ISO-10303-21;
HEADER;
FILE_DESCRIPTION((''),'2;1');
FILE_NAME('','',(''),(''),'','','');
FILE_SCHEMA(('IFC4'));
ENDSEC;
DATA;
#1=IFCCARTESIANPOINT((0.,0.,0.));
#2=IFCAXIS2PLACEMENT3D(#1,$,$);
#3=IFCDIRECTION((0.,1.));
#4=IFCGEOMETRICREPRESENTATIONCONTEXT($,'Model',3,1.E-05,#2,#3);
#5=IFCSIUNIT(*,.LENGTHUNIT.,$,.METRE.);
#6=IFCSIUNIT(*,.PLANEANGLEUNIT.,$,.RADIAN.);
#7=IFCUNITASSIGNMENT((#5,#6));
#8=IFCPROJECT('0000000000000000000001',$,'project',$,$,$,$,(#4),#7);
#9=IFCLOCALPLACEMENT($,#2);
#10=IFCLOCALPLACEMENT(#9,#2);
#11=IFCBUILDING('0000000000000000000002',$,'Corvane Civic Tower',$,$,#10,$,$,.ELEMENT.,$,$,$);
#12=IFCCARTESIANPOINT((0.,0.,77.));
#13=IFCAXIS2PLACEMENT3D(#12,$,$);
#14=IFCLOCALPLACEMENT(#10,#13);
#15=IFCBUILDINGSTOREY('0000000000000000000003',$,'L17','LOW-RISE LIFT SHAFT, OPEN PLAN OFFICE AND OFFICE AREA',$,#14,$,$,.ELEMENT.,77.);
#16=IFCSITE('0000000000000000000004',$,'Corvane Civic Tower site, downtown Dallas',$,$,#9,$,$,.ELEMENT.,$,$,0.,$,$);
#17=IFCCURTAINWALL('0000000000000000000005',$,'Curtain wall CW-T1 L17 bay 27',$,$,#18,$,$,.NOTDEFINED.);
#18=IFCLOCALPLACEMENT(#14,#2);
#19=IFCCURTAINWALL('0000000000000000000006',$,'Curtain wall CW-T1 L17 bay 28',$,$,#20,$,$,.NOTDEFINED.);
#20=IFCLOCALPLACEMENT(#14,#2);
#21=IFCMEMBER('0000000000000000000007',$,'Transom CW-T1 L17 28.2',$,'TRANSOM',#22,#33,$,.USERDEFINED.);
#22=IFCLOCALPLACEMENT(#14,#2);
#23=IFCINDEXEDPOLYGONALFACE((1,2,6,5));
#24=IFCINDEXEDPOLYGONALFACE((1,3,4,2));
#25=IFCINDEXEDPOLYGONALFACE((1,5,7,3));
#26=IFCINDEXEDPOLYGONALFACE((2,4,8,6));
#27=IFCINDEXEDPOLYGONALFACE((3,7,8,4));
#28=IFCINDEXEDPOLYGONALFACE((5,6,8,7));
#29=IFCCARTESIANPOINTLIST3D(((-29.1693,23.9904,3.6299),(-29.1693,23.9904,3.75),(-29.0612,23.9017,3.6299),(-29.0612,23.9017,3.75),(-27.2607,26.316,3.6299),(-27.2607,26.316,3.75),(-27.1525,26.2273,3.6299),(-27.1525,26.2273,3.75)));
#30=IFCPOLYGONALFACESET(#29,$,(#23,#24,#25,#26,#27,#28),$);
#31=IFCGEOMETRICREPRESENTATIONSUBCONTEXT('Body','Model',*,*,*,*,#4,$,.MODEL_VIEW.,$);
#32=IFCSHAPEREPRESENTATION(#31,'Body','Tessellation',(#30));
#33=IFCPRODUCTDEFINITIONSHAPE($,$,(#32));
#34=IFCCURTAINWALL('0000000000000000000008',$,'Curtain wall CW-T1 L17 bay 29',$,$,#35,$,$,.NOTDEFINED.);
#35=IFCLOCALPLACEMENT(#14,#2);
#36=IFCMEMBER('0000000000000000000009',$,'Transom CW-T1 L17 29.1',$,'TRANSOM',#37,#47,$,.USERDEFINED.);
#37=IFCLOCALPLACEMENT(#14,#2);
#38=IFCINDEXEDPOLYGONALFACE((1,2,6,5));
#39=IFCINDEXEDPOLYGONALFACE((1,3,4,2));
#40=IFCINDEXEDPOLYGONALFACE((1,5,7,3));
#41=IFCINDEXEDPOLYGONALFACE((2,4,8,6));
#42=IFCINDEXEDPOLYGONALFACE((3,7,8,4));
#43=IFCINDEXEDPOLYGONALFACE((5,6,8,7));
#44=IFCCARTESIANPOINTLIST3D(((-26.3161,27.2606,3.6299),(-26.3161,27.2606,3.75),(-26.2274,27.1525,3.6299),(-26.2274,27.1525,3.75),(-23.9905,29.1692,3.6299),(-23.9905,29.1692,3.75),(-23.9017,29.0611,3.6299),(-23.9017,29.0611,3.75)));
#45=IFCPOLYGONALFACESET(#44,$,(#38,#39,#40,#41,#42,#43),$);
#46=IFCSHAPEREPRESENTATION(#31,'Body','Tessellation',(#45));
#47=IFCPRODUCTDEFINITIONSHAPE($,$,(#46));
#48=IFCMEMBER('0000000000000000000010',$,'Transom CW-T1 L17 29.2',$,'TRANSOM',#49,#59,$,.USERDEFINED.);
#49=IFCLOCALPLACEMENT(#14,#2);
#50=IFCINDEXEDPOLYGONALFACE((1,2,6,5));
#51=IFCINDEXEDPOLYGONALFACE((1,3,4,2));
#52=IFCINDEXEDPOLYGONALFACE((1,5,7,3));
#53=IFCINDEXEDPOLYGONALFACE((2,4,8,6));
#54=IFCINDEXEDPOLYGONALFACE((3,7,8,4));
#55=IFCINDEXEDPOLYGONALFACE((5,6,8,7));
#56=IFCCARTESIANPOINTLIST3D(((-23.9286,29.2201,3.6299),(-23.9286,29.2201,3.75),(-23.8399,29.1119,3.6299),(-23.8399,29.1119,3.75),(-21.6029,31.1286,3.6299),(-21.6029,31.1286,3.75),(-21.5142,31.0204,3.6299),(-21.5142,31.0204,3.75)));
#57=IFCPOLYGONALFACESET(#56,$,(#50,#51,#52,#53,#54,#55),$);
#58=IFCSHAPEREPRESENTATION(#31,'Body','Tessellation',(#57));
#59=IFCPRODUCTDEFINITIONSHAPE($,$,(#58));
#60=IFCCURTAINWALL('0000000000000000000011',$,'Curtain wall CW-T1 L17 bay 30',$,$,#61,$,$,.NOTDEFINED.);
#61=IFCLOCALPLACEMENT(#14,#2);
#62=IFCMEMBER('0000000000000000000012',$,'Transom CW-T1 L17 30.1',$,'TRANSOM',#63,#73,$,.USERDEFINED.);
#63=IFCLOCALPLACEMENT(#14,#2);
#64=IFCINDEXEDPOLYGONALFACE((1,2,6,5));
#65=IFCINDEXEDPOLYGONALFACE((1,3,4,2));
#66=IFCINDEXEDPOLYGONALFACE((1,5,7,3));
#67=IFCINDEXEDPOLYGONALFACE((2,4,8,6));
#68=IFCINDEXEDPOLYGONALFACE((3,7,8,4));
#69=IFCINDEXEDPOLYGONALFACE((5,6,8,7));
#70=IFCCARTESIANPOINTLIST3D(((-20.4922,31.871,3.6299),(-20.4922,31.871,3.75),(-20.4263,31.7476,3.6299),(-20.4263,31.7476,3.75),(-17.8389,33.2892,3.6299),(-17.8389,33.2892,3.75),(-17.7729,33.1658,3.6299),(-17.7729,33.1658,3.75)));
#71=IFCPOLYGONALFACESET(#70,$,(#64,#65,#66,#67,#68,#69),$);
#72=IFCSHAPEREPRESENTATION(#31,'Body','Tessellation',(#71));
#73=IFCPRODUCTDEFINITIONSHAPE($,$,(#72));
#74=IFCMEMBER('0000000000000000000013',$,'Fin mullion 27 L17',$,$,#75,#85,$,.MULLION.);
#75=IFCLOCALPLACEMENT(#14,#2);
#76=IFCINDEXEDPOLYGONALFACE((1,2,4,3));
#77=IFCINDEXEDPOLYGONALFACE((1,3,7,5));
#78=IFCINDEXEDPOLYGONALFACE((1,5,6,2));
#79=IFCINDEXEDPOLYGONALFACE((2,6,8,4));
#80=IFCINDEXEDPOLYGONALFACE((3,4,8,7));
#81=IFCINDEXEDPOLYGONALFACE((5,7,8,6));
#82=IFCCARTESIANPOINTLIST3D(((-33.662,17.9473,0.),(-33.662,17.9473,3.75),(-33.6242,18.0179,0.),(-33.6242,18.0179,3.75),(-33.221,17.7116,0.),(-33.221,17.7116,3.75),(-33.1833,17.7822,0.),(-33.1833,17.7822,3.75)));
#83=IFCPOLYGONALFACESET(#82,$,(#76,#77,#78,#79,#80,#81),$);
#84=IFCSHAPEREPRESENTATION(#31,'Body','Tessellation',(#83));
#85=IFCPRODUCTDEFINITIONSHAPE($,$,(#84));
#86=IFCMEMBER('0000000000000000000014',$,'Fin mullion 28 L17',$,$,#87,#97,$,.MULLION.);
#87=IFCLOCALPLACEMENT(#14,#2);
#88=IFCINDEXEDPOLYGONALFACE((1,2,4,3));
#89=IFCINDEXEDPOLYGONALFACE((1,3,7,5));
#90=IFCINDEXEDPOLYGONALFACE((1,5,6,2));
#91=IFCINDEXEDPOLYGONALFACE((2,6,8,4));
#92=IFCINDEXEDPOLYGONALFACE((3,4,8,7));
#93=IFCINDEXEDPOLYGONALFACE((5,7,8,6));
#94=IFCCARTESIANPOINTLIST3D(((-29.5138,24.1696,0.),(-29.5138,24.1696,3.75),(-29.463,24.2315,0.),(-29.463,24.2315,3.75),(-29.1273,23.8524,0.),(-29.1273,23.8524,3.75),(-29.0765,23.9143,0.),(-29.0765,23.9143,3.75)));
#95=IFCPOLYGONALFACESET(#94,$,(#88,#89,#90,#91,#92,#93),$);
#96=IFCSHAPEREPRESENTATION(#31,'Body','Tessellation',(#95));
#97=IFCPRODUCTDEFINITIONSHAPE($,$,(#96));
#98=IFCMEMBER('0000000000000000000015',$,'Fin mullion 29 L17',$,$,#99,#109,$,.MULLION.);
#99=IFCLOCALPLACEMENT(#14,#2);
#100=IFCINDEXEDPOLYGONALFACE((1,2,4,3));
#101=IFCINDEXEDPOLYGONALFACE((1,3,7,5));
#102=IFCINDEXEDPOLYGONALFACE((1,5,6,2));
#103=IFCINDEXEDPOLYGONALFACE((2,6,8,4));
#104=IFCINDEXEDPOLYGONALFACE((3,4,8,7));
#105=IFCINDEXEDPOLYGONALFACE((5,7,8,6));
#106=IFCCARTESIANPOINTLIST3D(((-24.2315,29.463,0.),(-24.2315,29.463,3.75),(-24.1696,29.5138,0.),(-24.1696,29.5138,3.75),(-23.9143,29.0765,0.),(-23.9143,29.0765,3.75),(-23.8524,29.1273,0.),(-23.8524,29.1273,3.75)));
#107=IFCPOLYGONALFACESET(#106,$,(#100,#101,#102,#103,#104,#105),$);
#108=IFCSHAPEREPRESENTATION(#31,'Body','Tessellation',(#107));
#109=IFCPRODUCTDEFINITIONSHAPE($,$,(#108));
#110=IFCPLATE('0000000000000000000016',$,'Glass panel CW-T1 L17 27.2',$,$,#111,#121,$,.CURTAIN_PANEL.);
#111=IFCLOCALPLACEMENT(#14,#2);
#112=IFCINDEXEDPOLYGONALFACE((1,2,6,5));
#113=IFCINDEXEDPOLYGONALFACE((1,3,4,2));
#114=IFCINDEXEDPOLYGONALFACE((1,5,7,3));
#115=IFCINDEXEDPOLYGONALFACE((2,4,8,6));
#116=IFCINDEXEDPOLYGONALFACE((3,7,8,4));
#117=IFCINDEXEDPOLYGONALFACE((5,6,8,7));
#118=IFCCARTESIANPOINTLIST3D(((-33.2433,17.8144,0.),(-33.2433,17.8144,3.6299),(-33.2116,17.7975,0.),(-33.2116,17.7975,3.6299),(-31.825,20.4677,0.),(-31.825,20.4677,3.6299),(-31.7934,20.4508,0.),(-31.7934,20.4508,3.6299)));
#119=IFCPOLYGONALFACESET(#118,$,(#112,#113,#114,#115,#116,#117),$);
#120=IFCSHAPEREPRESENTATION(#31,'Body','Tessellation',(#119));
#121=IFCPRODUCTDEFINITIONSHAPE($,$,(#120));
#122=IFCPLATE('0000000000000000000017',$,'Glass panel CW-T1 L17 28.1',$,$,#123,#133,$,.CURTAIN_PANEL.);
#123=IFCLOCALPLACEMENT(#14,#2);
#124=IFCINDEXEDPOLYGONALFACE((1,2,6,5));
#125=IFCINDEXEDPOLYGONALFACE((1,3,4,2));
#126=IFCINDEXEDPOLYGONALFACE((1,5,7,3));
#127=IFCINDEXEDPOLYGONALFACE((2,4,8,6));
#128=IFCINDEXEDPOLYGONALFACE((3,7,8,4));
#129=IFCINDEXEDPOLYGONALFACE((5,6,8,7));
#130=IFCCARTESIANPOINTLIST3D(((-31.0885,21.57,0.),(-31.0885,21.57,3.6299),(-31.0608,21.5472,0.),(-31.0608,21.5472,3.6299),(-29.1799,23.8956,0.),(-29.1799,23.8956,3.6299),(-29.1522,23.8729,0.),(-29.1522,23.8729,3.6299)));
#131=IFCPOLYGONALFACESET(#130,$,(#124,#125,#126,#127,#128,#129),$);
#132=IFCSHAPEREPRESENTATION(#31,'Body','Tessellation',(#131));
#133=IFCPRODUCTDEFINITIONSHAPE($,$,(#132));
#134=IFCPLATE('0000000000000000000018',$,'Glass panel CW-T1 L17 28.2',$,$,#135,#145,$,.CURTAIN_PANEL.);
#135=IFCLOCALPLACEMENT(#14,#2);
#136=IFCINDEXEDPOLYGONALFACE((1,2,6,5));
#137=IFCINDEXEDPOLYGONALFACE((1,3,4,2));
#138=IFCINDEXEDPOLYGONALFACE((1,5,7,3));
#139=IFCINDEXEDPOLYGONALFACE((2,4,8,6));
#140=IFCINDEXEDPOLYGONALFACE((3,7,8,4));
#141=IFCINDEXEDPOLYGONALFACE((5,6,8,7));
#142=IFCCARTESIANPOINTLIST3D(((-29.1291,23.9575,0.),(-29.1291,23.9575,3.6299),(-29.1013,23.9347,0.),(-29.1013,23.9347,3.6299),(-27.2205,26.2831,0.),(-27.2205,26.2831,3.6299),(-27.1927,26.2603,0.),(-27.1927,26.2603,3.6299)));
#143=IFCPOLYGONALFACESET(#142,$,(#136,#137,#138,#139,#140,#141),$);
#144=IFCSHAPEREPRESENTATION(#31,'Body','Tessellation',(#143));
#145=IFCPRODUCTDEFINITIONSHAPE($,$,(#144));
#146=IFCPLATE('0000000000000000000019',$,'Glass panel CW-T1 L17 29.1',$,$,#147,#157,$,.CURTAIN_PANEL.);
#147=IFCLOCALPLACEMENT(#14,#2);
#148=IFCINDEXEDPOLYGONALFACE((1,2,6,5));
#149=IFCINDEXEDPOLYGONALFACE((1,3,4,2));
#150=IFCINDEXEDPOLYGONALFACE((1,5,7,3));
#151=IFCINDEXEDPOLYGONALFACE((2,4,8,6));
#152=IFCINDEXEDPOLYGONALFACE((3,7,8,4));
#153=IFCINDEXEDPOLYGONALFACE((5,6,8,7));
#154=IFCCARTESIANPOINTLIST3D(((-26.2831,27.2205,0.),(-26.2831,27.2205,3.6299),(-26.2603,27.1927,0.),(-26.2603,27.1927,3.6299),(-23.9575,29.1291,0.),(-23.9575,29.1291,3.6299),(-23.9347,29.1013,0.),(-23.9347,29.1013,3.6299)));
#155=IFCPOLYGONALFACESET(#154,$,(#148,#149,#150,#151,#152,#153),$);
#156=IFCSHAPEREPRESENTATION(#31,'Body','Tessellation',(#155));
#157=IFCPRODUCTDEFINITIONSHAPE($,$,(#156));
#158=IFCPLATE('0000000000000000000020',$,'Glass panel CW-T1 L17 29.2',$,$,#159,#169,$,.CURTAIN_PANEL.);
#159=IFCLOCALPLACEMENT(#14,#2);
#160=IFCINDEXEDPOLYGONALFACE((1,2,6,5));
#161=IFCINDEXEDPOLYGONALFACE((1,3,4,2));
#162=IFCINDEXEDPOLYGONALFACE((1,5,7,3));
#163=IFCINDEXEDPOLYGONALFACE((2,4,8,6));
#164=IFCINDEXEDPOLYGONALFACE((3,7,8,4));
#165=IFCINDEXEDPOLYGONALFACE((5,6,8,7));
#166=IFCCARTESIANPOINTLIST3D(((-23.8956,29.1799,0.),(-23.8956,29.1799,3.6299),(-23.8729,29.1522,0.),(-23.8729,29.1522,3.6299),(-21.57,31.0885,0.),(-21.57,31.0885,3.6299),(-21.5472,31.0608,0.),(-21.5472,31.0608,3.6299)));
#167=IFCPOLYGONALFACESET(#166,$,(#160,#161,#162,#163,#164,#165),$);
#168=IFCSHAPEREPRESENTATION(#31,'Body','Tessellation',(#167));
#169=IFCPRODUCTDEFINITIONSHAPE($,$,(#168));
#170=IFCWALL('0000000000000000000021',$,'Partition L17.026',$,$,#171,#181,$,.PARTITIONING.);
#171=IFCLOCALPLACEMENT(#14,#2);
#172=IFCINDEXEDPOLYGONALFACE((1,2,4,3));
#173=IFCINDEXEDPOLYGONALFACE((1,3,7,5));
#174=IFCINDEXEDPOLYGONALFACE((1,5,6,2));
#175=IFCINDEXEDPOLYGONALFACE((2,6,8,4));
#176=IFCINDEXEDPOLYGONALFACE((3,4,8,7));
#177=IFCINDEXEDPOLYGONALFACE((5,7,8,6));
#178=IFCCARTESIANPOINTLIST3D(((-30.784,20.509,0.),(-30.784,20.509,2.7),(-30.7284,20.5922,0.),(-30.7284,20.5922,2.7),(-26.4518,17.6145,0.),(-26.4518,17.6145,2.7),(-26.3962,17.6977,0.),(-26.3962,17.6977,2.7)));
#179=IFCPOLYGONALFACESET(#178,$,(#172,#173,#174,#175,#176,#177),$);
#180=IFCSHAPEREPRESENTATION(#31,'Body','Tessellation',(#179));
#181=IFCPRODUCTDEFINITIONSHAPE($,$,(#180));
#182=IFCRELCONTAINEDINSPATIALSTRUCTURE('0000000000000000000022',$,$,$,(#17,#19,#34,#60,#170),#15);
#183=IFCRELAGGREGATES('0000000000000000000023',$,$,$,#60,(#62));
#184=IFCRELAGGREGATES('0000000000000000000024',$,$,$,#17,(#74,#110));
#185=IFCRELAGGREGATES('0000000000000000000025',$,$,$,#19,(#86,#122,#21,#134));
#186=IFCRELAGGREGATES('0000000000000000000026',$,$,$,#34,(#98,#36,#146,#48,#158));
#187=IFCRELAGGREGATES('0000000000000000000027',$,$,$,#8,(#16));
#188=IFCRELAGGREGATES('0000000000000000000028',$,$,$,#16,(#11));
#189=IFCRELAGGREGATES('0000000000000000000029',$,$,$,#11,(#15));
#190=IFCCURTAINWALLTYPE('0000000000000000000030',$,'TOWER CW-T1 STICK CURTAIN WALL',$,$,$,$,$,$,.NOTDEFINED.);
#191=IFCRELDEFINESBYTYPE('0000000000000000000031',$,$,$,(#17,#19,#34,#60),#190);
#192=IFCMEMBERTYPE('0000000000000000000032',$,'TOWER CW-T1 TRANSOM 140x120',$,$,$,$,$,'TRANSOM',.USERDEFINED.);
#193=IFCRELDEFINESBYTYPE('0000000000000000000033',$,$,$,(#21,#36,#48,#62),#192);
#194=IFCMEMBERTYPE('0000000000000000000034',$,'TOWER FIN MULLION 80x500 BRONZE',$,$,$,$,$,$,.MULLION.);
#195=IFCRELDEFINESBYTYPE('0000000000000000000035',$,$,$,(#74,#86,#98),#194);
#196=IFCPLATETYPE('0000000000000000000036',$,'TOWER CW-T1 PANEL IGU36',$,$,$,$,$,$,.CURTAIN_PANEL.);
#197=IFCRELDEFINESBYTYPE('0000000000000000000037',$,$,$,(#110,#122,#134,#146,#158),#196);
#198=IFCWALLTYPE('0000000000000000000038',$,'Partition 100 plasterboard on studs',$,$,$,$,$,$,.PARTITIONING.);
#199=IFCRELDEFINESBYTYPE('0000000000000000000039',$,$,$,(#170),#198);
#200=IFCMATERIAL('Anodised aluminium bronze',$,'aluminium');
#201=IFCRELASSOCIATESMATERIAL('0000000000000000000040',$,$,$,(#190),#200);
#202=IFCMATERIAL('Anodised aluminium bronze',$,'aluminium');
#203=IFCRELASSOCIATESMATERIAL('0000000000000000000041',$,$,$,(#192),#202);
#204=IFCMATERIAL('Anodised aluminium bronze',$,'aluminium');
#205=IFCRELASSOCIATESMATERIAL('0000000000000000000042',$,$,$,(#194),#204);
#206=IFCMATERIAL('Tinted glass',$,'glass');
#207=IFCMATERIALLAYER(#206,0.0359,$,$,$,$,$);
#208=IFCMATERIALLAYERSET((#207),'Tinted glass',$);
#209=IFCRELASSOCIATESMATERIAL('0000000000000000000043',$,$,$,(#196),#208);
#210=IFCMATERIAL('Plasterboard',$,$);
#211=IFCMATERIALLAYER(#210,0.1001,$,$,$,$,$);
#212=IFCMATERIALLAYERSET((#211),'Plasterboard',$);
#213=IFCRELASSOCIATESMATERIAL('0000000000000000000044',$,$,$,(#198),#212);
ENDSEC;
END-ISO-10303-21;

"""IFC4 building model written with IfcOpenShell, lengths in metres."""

from ifc_helpers import new_model, si_unit, direction, frame, frame_2d, origin, origin_2d, place, context, subcontext, project, spatial, rectangle, extrude, material, layer, layer_set, material_profile, profile_set, type_object, element, aggregate, save


model = new_model("IFC4")

# Units and contexts
model_context = context("Model", 3, precision=1e-05, world=origin(), true_north=direction((0.0, 1.0)))
body_context = subcontext(model_context, "Body", "Model", "MODEL_VIEW")
ifc_project = project(units=[si_unit("LENGTHUNIT", "METRE"), si_unit("PLANEANGLEUNIT", "RADIAN")], contexts=[model_context])

# Site, building, storey
site_placement = place(None, origin())
site = spatial("IfcSite", under=ifc_project, at=site_placement, Name="Corvane Civic Tower site, downtown Dallas", CompositionType="ELEMENT", RefElevation=0.0)
building_placement = place(site_placement, origin())
building = spatial("IfcBuilding", under=site, at=building_placement, Name="Corvane Civic Tower", CompositionType="ELEMENT")
storey_placement = place(building_placement, frame((0.0, 0.0, 77.0)))
storey = spatial("IfcBuildingStorey", under=building, at=storey_placement, Name="L17", Description="LOW-RISE LIFT SHAFT, OPEN PLAN OFFICE AND OFFICE AREA", CompositionType="ELEMENT", Elevation=77.0)

# Curtain wall
ifc_material_1 = material(Name="Anodised aluminium bronze", Category="aluminium")
curtain_wall_type = type_object("IfcCurtainWallType", Name="TOWER CW-T1 STICK CURTAIN WALL", PredefinedType="NOTDEFINED", material=ifc_material_1)
curtain_wall_1_placement = place(storey_placement, origin())
curtain_wall_1 = element("IfcCurtainWall", 1, at=curtain_wall_1_placement, inside=storey, type_object=curtain_wall_type, Name="Curtain wall CW-T1 L17 bay 27", PredefinedType="NOTDEFINED")
ifc_material_2 = material(Name="Anodised aluminium bronze", Category="aluminium")
ifc_material_profile_1 = material_profile(ifc_material_2, rectangle(XDim=0.1399, YDim=0.1201, at=origin_2d()), Name="TOWER CW-T1 TRANSOM 140x120")
ifc_profile_set_1 = profile_set([ifc_material_profile_1], Name="Anodised aluminium bronze")
member_type_1 = type_object("IfcMemberType", Name="TOWER CW-T1 TRANSOM 140x120", ElementType="TRANSOM", PredefinedType="USERDEFINED", material=ifc_profile_set_1)

# Curtain walls, members
curtain_wall_2_placement = place(storey_placement, origin())
curtain_wall_2 = element("IfcCurtainWall", 2, at=curtain_wall_2_placement, inside=storey, type_object=curtain_wall_type, Name="Curtain wall CW-T1 L17 bay 28", PredefinedType="NOTDEFINED")
member_1_placement = place(storey_placement, frame((-29.1152, 23.946, 3.6899), z_axis=(0.634404, 0.773002, 0.0), x_axis=(-0.773002, 0.634404, 0.0)))
member_1 = element("IfcMember", 3, at=member_1_placement, type_object=member_type_1, Name="Transom CW-T1 L17 28.2", ObjectType="TRANSOM", PredefinedType="USERDEFINED", context=body_context, shape_type="SweptSolid", body=[
    extrude(rectangle(XDim=0.1399, YDim=0.1201, at=origin_2d()), origin(), (0.0, 0.0, 1.0), 3.0085),
])
curtain_wall_3_placement = place(storey_placement, origin())
curtain_wall_3 = element("IfcCurtainWall", 4, at=curtain_wall_3_placement, inside=storey, type_object=curtain_wall_type, Name="Curtain wall CW-T1 L17 bay 29", PredefinedType="NOTDEFINED")
member_2_placement = place(storey_placement, frame((-26.2717, 27.2065, 3.6899), z_axis=(0.773002, 0.634404, 0.0), x_axis=(-0.634404, 0.773002, 0.0)))
member_2 = element("IfcMember", 5, at=member_2_placement, type_object=member_type_1, Name="Transom CW-T1 L17 29.1", ObjectType="TRANSOM", PredefinedType="USERDEFINED", context=body_context, shape_type="SweptSolid", body=[
    extrude(rectangle(XDim=0.1399, YDim=0.1201, at=origin_2d()), origin(), (0.0, 0.0, 1.0), 3.0085),
])
member_3_placement = place(storey_placement, frame((-23.8843, 29.166, 3.6899), z_axis=(0.773042, 0.634355, 0.0), x_axis=(-0.634355, 0.773042, 0.0)))
member_3 = element("IfcMember", 6, at=member_3_placement, type_object=member_type_1, Name="Transom CW-T1 L17 29.2", ObjectType="TRANSOM", PredefinedType="USERDEFINED", context=body_context, shape_type="SweptSolid", body=[
    extrude(rectangle(XDim=0.1399, YDim=0.1201, at=origin_2d()), origin(), (0.0, 0.0, 1.0), 3.0085),
])

# Curtain wall, member
curtain_wall_4_placement = place(storey_placement, origin())
curtain_wall_4 = element("IfcCurtainWall", 7, at=curtain_wall_4_placement, inside=storey, type_object=curtain_wall_type, Name="Curtain wall CW-T1 L17 bay 30", PredefinedType="NOTDEFINED")
member_4_placement = place(storey_placement, frame((-20.4592, 31.8093, 3.6899), z_axis=(0.881924, 0.471393, 0.0), x_axis=(-0.471393, 0.881924, 0.0)))
member_4 = element("IfcMember", 8, at=member_4_placement, type_object=member_type_1, Name="Transom CW-T1 L17 30.1", ObjectType="TRANSOM", PredefinedType="USERDEFINED", context=body_context, shape_type="SweptSolid", body=[
    extrude(rectangle(XDim=0.1399, YDim=0.1201, at=origin_2d()), origin(), (0.0, 0.0, 1.0), 3.0085),
])
aggregate(curtain_wall_4, [member_4])

# Members
ifc_material_3 = material(Name="Anodised aluminium bronze", Category="aluminium")
ifc_material_profile_2 = material_profile(ifc_material_3, rectangle(XDim=0.0801, YDim=0.5, at=origin_2d()), Name="TOWER FIN MULLION 80x500 BRONZE")
ifc_profile_set_2 = profile_set([ifc_material_profile_2], Name="Anodised aluminium bronze")
member_type_2 = type_object("IfcMemberType", Name="TOWER FIN MULLION 80x500 BRONZE", PredefinedType="MULLION", material=ifc_profile_set_2)
member_5_placement = place(storey_placement, frame((-33.4226, 17.8647, 0.0), z_axis=(0.0, 0.0, 1.0), x_axis=(0.471404, 0.881918, 0.0)))
member_5 = element("IfcMember", 9, at=member_5_placement, type_object=member_type_2, Name="Fin mullion 27 L17", PredefinedType="MULLION", context=body_context, shape_type="SweptSolid", body=[
    extrude(rectangle(XDim=0.0801, YDim=0.5, at=origin_2d()), origin(), (0.0, 0.0, 1.0), 3.75),
])
member_6_placement = place(storey_placement, frame((-29.2952, 24.042, 0.0), z_axis=(0.0, 0.0, 1.0), x_axis=(0.634397, 0.773007, 0.0)))
member_6 = element("IfcMember", 10, at=member_6_placement, type_object=member_type_2, Name="Fin mullion 28 L17", PredefinedType="MULLION", context=body_context, shape_type="SweptSolid", body=[
    extrude(rectangle(XDim=0.0801, YDim=0.5, at=origin_2d()), origin(), (0.0, 0.0, 1.0), 3.75),
])
member_7_placement = place(storey_placement, frame((-24.042, 29.2952, 0.0), z_axis=(0.0, 0.0, 1.0), x_axis=(0.773007, 0.634397, 0.0)))
member_7 = element("IfcMember", 11, at=member_7_placement, type_object=member_type_2, Name="Fin mullion 29 L17", PredefinedType="MULLION", context=body_context, shape_type="SweptSolid", body=[
    extrude(rectangle(XDim=0.0801, YDim=0.5, at=origin_2d()), origin(), (0.0, 0.0, 1.0), 3.75),
])

# Plates
ifc_material_4 = material(Name="Tinted glass", Category="glass")
ifc_layer_1 = layer(ifc_material_4, 0.0359)
ifc_layer_set_1 = layer_set([ifc_layer_1], Name="Tinted glass")
plate_type = type_object("IfcPlateType", Name="TOWER CW-T1 PANEL IGU36", PredefinedType="CURTAIN_PANEL", material=ifc_layer_set_1)
plate_1_placement = place(storey_placement, frame((-32.5183, 19.1326, 0.0), z_axis=(0.0, 0.0, 1.0), x_axis=(0.471404, 0.881918, 0.0)))
plate_1 = element("IfcPlate", 12, at=plate_1_placement, type_object=plate_type, Name="Glass panel CW-T1 L17 27.2", PredefinedType="CURTAIN_PANEL", context=body_context, shape_type="SweptSolid", body=[
    extrude(rectangle(XDim=3.0085, YDim=0.0359, at=origin_2d()), origin(), (0.0, 0.0, 1.0), 3.6299),
])
aggregate(curtain_wall_1, [member_5, plate_1])
plate_2_placement = place(storey_placement, frame((-30.1204, 22.7214, 0.0), z_axis=(0.0, 0.0, 1.0), x_axis=(0.634397, 0.773007, 0.0)))
plate_2 = element("IfcPlate", 13, at=plate_2_placement, type_object=plate_type, Name="Glass panel CW-T1 L17 28.1", PredefinedType="CURTAIN_PANEL", context=body_context, shape_type="SweptSolid", body=[
    extrude(rectangle(XDim=3.0085, YDim=0.0359, at=origin_2d()), origin(), (0.0, 0.0, 1.0), 3.6299),
])
plate_3_placement = place(storey_placement, frame((-28.1609, 25.1089, 0.0), z_axis=(0.0, 0.0, 1.0), x_axis=(0.634397, 0.773007, 0.0)))
plate_3 = element("IfcPlate", 14, at=plate_3_placement, type_object=plate_type, Name="Glass panel CW-T1 L17 28.2", PredefinedType="CURTAIN_PANEL", context=body_context, shape_type="SweptSolid", body=[
    extrude(rectangle(XDim=3.0085, YDim=0.0359, at=origin_2d()), origin(), (0.0, 0.0, 1.0), 3.6299),
])
aggregate(curtain_wall_2, [member_6, plate_2, member_1, plate_3])
plate_4_placement = place(storey_placement, frame((-25.1089, 28.1609, 0.0), z_axis=(0.0, 0.0, 1.0), x_axis=(0.773007, 0.634397, 0.0)))
plate_4 = element("IfcPlate", 15, at=plate_4_placement, type_object=plate_type, Name="Glass panel CW-T1 L17 29.1", PredefinedType="CURTAIN_PANEL", context=body_context, shape_type="SweptSolid", body=[
    extrude(rectangle(XDim=3.0085, YDim=0.0359, at=origin_2d()), origin(), (0.0, 0.0, 1.0), 3.6299),
])
plate_5_placement = place(storey_placement, frame((-22.7214, 30.1204, 0.0), z_axis=(0.0, 0.0, 1.0), x_axis=(0.773007, 0.634397, 0.0)))
plate_5 = element("IfcPlate", 16, at=plate_5_placement, type_object=plate_type, Name="Glass panel CW-T1 L17 29.2", PredefinedType="CURTAIN_PANEL", context=body_context, shape_type="SweptSolid", body=[
    extrude(rectangle(XDim=3.0085, YDim=0.0359, at=origin_2d()), origin(), (0.0, 0.0, 1.0), 3.6299),
])
aggregate(curtain_wall_3, [member_7, member_2, plate_4, member_3, plate_5])

# Wall
ifc_material_5 = material(Name="Plasterboard")
ifc_layer_2 = layer(ifc_material_5, 0.1001)
ifc_layer_set_2 = layer_set([ifc_layer_2], Name="Plasterboard")
wall_type = type_object("IfcWallType", Name="Partition 100 plasterboard on studs", PredefinedType="PARTITIONING", material=ifc_layer_set_2)
wall_1_placement = place(storey_placement, frame((-30.7561, 20.5505, 0.0), z_axis=(0.0, 0.0, 1.0), x_axis=(0.831488, -0.555543, 0.0)))
element("IfcWall", 17, at=wall_1_placement, inside=storey, type_object=wall_type, Name="Partition L17.026", PredefinedType="PARTITIONING", context=body_context, shape_type="SweptSolid", body=[
    extrude(rectangle(XDim=5.2102, YDim=0.1001, at=frame_2d((2.605, 0.0))), origin(), (0.0, 0.0, 1.0), 2.7),
])

save(model, "model.ifc")
